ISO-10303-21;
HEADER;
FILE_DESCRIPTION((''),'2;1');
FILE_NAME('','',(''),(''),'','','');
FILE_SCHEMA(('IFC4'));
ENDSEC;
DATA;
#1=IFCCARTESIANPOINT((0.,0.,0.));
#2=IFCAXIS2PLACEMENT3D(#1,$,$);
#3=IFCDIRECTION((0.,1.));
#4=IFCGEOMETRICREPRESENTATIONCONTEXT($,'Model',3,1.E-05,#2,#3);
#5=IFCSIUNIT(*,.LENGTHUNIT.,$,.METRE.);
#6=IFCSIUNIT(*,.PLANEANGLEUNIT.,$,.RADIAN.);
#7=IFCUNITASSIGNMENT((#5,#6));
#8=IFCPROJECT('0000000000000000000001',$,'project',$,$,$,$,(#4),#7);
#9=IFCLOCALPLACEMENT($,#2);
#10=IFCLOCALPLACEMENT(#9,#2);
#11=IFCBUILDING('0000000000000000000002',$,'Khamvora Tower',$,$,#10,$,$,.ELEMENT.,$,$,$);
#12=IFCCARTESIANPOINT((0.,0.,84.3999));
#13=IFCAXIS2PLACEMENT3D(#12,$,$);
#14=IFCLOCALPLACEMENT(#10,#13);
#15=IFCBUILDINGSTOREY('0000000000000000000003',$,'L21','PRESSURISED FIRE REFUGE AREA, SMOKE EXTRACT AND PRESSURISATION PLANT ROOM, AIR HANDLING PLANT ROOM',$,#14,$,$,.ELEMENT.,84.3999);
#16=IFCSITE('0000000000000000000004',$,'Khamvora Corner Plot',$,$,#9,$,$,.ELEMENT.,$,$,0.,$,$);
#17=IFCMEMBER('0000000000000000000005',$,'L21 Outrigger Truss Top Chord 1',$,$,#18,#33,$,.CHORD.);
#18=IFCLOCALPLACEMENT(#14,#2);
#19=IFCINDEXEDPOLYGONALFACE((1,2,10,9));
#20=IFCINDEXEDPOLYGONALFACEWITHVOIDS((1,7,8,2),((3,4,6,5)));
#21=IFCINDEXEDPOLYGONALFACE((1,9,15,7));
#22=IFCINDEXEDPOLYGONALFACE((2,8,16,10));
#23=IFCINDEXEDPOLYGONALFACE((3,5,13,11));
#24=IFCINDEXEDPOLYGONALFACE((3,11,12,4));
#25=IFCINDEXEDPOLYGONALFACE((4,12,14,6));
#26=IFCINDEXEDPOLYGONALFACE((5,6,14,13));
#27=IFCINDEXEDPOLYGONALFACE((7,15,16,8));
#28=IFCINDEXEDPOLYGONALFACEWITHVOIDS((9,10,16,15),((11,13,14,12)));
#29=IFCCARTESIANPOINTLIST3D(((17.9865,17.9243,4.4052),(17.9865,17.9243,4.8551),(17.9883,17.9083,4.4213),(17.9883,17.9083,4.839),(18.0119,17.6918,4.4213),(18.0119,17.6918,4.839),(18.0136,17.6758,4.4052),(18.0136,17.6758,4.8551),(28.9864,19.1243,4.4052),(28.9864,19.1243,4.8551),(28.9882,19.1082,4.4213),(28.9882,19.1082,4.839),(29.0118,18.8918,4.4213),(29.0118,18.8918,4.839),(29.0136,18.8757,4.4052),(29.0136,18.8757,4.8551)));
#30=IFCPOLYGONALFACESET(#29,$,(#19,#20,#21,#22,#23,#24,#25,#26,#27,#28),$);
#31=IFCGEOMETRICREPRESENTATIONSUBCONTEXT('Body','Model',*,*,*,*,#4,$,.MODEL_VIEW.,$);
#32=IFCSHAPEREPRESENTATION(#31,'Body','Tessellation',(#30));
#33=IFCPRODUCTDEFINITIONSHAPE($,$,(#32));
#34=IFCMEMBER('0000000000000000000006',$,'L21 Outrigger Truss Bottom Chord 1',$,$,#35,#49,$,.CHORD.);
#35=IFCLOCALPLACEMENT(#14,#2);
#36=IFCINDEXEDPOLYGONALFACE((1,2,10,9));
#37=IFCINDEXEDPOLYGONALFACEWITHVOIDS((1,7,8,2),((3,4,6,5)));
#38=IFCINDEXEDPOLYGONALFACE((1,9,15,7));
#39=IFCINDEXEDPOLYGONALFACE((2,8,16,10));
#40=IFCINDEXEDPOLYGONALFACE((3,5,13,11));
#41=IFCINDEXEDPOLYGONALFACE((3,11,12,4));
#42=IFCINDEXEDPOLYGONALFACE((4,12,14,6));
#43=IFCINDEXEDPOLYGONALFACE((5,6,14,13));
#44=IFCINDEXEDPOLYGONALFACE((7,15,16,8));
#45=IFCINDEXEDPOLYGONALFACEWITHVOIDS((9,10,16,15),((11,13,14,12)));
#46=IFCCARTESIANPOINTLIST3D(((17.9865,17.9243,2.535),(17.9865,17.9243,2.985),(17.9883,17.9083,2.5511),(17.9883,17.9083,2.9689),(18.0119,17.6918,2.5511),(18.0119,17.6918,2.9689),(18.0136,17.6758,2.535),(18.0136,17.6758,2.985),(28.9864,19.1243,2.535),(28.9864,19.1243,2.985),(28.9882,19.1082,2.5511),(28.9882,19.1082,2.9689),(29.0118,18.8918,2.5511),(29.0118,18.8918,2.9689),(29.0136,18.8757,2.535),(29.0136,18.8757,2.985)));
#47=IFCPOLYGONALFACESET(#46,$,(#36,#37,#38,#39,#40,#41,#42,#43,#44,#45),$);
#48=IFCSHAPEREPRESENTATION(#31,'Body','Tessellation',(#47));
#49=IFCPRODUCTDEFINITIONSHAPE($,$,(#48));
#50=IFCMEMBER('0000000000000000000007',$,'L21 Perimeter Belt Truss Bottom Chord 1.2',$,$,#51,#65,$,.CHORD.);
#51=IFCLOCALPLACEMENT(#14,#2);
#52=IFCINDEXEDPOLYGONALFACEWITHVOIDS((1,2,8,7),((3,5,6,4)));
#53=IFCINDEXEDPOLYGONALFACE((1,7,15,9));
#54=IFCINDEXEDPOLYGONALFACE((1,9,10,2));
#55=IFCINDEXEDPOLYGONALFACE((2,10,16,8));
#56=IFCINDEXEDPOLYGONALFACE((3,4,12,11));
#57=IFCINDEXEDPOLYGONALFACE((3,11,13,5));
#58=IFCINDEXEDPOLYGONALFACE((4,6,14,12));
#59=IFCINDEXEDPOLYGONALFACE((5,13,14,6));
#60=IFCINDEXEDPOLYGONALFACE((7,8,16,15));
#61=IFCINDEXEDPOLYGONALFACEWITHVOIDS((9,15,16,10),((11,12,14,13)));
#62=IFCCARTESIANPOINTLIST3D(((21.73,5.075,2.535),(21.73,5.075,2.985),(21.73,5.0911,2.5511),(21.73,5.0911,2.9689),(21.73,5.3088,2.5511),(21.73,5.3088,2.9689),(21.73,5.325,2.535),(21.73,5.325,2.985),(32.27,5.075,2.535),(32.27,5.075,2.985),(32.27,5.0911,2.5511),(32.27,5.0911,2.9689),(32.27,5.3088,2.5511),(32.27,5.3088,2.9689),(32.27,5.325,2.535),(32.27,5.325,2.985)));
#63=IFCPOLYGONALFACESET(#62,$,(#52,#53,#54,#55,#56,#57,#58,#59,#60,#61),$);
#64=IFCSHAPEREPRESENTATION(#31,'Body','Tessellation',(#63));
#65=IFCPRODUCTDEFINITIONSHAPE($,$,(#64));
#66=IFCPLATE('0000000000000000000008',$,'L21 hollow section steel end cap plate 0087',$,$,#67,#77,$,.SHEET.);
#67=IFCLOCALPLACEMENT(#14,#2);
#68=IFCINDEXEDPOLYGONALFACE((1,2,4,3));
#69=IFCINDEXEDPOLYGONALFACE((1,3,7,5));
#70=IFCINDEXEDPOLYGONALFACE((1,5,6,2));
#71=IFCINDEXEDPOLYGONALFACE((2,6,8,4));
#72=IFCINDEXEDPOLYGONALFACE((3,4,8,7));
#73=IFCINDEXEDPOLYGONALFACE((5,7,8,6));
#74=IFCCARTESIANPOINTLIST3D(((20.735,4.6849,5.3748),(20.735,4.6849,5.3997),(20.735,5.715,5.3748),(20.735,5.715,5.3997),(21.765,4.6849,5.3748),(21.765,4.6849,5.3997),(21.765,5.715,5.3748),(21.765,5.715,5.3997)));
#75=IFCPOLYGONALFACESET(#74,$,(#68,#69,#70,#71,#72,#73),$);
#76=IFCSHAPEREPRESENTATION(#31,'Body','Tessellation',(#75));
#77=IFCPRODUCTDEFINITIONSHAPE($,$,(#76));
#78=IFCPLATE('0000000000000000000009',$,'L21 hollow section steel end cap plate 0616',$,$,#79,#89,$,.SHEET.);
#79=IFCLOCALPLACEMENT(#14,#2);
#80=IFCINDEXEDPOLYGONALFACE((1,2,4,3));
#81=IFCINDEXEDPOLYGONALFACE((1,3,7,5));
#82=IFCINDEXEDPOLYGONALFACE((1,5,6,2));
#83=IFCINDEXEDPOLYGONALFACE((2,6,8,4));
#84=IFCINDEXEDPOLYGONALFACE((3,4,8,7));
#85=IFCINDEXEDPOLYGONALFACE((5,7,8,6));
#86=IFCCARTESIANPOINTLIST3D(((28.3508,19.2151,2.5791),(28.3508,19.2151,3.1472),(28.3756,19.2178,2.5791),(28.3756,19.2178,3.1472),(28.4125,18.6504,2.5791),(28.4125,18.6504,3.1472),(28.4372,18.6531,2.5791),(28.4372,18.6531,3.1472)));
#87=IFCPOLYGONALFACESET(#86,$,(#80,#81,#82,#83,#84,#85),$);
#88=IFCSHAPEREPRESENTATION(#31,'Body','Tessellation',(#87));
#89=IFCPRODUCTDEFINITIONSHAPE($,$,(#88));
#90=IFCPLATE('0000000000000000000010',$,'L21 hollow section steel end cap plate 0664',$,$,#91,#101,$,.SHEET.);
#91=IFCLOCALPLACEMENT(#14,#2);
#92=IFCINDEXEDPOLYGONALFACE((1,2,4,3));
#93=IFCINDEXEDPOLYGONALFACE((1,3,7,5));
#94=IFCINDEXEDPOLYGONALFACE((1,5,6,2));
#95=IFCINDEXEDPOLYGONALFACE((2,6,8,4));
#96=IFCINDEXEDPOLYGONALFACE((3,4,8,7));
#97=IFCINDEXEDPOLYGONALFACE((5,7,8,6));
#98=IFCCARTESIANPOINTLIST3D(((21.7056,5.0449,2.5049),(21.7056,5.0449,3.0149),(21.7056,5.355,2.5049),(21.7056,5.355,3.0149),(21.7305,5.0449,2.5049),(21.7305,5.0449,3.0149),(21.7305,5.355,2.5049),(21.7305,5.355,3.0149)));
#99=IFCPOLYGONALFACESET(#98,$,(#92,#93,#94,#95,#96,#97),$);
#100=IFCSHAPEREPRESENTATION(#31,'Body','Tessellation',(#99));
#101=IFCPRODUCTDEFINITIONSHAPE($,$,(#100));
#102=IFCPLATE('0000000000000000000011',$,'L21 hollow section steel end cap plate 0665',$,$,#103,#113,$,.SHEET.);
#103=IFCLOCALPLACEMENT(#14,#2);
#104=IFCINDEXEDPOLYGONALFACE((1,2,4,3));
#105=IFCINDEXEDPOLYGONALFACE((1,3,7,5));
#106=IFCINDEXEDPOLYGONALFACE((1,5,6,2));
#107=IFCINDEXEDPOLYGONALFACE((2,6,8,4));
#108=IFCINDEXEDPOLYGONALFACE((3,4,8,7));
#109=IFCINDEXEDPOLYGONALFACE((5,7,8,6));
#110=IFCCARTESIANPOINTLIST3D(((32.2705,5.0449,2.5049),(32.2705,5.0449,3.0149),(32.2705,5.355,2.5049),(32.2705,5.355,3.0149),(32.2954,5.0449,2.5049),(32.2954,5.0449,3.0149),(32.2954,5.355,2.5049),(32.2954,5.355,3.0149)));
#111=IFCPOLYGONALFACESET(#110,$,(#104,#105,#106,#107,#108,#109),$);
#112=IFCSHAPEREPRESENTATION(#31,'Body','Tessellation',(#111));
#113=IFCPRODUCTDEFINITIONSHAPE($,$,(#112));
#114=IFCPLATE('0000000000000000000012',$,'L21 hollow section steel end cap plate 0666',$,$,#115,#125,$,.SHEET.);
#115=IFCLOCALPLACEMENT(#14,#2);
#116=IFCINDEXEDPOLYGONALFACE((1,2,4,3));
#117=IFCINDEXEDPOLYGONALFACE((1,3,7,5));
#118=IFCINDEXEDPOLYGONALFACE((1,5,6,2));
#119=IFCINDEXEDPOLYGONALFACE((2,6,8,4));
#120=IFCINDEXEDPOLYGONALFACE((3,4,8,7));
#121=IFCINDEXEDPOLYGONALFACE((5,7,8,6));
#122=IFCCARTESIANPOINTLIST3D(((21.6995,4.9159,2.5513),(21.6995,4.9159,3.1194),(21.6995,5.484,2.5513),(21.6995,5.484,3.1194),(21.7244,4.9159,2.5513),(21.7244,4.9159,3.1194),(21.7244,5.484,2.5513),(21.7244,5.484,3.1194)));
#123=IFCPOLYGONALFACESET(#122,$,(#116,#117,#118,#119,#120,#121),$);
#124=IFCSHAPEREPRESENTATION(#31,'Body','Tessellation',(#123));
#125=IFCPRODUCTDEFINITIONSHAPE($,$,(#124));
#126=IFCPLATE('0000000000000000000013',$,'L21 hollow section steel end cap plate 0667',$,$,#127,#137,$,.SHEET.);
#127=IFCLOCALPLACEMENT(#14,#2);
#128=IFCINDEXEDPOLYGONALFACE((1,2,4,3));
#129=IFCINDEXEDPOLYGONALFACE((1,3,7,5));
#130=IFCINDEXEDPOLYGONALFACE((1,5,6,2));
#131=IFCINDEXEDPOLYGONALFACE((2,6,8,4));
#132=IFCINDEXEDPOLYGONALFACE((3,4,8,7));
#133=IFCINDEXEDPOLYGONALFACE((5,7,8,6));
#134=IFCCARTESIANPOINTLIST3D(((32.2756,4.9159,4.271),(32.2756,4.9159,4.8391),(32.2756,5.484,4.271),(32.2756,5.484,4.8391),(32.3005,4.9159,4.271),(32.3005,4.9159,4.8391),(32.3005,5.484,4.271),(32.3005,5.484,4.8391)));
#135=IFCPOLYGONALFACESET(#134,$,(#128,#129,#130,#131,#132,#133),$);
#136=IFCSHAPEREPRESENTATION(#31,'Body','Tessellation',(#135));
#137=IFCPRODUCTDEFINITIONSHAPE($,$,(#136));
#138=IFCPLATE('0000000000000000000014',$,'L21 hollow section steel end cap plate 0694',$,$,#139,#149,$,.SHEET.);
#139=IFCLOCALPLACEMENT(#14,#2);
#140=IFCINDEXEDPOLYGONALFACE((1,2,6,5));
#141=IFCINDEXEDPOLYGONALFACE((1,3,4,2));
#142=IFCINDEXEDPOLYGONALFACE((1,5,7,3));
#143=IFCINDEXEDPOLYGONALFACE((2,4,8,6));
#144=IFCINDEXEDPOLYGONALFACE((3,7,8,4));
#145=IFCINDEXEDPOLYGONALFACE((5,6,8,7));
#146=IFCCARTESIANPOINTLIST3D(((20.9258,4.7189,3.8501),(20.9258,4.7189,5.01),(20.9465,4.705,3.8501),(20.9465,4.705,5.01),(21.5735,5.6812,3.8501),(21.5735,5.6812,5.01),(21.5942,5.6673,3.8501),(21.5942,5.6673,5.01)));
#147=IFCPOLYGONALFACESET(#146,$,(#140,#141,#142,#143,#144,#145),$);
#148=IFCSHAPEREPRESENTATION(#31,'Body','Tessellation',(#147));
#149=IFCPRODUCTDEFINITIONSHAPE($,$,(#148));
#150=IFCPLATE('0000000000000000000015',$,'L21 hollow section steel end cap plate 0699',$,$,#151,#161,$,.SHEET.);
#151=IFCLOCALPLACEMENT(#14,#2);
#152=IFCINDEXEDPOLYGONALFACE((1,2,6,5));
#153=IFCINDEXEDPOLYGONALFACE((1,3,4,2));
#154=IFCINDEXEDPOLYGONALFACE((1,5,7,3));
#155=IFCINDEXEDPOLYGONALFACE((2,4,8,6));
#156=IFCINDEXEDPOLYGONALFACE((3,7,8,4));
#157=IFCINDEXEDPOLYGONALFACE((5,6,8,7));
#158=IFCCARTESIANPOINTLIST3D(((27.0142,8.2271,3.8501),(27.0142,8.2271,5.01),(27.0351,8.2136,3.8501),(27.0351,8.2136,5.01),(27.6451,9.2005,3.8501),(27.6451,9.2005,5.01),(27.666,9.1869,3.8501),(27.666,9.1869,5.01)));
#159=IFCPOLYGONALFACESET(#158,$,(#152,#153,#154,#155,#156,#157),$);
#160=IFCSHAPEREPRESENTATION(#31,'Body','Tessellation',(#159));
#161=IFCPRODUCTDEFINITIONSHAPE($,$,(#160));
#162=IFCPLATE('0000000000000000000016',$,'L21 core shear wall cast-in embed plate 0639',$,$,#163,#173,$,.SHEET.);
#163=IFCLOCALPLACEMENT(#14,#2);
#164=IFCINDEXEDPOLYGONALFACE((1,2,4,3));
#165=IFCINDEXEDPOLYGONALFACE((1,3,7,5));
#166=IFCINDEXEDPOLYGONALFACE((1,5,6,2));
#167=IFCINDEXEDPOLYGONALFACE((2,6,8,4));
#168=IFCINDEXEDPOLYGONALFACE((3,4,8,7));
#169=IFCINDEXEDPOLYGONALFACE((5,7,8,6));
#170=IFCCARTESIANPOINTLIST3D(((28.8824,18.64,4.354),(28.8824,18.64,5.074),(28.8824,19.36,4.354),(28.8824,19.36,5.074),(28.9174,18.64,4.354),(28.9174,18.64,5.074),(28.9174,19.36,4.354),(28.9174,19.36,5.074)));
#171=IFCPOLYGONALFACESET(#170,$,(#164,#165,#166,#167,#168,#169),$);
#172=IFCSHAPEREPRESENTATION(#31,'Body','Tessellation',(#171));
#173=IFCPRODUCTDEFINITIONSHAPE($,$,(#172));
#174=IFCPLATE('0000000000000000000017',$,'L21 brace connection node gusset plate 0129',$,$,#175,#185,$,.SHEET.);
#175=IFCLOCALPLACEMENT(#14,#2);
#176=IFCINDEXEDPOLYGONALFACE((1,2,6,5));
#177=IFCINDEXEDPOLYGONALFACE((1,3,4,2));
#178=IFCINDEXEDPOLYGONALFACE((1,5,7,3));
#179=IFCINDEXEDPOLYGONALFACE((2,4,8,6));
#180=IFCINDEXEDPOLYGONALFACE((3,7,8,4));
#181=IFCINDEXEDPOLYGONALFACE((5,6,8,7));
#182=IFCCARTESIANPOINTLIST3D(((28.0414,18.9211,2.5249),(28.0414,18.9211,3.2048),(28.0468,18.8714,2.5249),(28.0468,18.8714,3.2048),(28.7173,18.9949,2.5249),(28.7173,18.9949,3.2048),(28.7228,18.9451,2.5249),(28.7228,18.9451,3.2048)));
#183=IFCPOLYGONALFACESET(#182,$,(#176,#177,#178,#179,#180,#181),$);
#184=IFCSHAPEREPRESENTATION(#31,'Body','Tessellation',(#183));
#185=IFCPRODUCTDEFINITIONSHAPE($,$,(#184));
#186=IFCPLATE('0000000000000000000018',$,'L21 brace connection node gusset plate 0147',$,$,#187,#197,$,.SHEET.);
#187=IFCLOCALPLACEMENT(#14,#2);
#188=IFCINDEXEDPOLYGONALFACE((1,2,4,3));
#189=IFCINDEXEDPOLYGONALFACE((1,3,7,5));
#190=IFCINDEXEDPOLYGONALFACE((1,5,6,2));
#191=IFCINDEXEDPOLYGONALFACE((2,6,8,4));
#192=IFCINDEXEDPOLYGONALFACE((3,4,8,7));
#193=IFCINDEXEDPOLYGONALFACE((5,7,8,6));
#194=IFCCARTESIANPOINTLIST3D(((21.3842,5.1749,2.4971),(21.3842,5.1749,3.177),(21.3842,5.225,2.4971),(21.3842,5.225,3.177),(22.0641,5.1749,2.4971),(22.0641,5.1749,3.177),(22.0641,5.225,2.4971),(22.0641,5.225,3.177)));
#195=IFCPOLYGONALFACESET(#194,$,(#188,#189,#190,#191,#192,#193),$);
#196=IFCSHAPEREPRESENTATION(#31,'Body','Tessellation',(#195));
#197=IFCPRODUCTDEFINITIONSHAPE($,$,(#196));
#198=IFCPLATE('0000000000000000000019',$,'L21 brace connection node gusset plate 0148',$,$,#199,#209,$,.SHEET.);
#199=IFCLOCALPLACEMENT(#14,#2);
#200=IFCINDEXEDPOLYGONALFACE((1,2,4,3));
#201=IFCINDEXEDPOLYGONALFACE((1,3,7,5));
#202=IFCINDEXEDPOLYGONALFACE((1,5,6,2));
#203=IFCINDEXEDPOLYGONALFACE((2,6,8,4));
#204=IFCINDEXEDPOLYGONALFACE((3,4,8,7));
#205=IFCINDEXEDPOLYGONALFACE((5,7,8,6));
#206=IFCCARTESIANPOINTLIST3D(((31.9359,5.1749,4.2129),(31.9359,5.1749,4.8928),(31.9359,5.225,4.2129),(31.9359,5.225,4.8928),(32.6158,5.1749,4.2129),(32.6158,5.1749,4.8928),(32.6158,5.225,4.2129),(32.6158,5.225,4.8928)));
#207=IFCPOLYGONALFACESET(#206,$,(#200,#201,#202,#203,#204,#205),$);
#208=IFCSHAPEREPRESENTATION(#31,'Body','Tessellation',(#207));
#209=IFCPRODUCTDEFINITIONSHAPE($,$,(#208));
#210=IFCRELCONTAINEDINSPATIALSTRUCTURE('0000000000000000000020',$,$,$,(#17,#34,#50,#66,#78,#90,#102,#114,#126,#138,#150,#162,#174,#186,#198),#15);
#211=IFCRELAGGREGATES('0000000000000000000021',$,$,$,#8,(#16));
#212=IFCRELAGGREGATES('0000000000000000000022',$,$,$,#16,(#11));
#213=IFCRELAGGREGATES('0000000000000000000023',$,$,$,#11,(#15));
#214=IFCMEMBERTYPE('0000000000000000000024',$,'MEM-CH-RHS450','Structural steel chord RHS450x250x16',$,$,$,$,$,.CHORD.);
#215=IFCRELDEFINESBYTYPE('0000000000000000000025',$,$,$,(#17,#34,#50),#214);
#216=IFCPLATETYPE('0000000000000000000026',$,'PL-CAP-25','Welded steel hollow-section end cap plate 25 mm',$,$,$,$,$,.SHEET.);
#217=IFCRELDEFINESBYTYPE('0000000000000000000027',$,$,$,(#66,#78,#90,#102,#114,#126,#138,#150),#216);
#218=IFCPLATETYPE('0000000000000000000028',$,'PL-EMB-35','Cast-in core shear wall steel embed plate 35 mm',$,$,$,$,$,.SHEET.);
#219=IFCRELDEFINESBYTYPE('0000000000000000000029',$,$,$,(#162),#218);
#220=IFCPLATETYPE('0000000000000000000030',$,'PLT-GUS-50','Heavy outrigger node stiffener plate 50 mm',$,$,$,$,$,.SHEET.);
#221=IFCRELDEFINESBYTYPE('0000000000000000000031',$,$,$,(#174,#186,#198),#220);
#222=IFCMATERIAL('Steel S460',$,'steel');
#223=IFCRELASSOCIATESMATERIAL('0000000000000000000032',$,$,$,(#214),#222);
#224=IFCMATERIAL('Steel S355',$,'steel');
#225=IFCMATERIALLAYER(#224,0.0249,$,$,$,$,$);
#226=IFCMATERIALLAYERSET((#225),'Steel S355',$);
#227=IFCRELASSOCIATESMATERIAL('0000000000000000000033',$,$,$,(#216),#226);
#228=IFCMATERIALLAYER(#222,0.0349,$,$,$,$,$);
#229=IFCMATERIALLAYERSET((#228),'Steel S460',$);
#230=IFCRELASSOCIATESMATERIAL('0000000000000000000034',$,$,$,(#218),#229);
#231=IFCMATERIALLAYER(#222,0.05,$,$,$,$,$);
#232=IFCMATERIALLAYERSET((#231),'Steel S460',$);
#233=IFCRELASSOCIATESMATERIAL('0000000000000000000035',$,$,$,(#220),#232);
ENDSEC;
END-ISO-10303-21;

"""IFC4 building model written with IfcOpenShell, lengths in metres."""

from ifc_helpers import new_model, si_unit, direction, frame, origin, origin_2d, place, context, subcontext, project, spatial, rectangle, hollow_rectangle, extrude, material, layer, layer_set, material_profile, profile_set, type_object, element, save


model = new_model("IFC4")

# Units and contexts
model_context = context("Model", 3, precision=1e-05, world=origin(), true_north=direction((0.0, 1.0)))
body_context = subcontext(model_context, "Body", "Model", "MODEL_VIEW")
ifc_project = project(units=[si_unit("LENGTHUNIT", "METRE"), si_unit("PLANEANGLEUNIT", "RADIAN")], contexts=[model_context])

# Site, building, storey
site_placement = place(None, origin())
site = spatial("IfcSite", under=ifc_project, at=site_placement, Name="Khamvora Corner Plot", CompositionType="ELEMENT", RefElevation=0.0)
building_placement = place(site_placement, origin())
building = spatial("IfcBuilding", under=site, at=building_placement, Name="Khamvora Tower", CompositionType="ELEMENT")
storey_placement = place(building_placement, frame((0.0, 0.0, 84.3999)))
storey = spatial("IfcBuildingStorey", under=building, at=storey_placement, Name="L21", Description="PRESSURISED FIRE REFUGE AREA, SMOKE EXTRACT AND PRESSURISATION PLANT ROOM, AIR HANDLING PLANT ROOM", CompositionType="ELEMENT", Elevation=84.3999)

# Shared definitions
ifc_material_1 = material(Name="Steel S355", Category="steel")
ifc_material_2 = material(Name="Steel S460", Category="steel")

# Members
ifc_material_profile_1 = material_profile(ifc_material_2, hollow_rectangle(XDim=0.25, YDim=0.45, WallThickness=0.0161, at=origin_2d()), Name="RHS450x250x16")
ifc_profile_set_1 = profile_set([ifc_material_profile_1], Name="Steel S460")
member_type_1 = type_object("IfcMemberType", Name="MEM-CH-RHS450", Description="Structural steel chord RHS450x250x16", PredefinedType="CHORD", material=ifc_profile_set_1)
for number, where, z_axis, x_axis, name in (
    (1, (29.0, 19.0, 4.6301), (-0.994103, -0.108443, 0.0), (0.108443, -0.994103, 0.0), "L21 Outrigger Truss Top Chord 1"),
    (2, (29.0, 19.0, 2.76), (-0.994103, -0.108443, 0.0), (0.108443, -0.994103, 0.0), "L21 Outrigger Truss Bottom Chord 1"),
):
    element("IfcMember", number, at=place(storey_placement, frame(where, z_axis=z_axis, x_axis=x_axis)), inside=storey, type_object=member_type_1, Name=name, PredefinedType="CHORD", context=body_context, shape_type="SweptSolid", body=[
        extrude(hollow_rectangle(XDim=0.25, YDim=0.45, WallThickness=0.0161, at=origin_2d()), origin(), (0.0, 0.0, 1.0), 11.0652),
    ])
member_1_placement = place(storey_placement, frame((21.73, 5.2, 2.76), z_axis=(1.0, 0.0, 0.0), x_axis=(0.0, 1.0, 0.0)))
element("IfcMember", 3, at=member_1_placement, inside=storey, type_object=member_type_1, Name="L21 Perimeter Belt Truss Bottom Chord 1.2", PredefinedType="CHORD", context=body_context, shape_type="SweptSolid", body=[
    extrude(hollow_rectangle(XDim=0.25, YDim=0.45, WallThickness=0.0161, at=origin_2d()), origin(), (0.0, 0.0, 1.0), 10.54),
])

# Plates
ifc_layer_1 = layer(ifc_material_1, 0.0249)
ifc_layer_set_1 = layer_set([ifc_layer_1], Name="Steel S355")
plate_type_1 = type_object("IfcPlateType", Name="PL-CAP-25", Description="Welded steel hollow-section end cap plate 25 mm", PredefinedType="SHEET", material=ifc_layer_set_1)
plate_1_placement = place(storey_placement, frame((21.25, 5.2, 5.3748), z_axis=(0.0, 0.0, 1.0), x_axis=(1.0, 0.0, 0.0)))
element("IfcPlate", 4, at=plate_1_placement, inside=storey, type_object=plate_type_1, Name="L21 hollow section steel end cap plate 0087", PredefinedType="SHEET", context=body_context, shape_type="SweptSolid", body=[
    extrude(rectangle(XDim=1.03, YDim=1.03, at=origin_2d()), origin(), (0.0, 0.0, 1.0), 0.0249),
])
plate_2_placement = place(storey_placement, frame((28.394, 18.9341, 2.5791), z_axis=(0.0, 0.0, 1.0), x_axis=(-0.994094, -0.10852, 0.0)))
element("IfcPlate", 5, at=plate_2_placement, inside=storey, type_object=plate_type_1, Name="L21 hollow section steel end cap plate 0616", PredefinedType="SHEET", context=body_context, shape_type="SweptSolid", body=[
    extrude(rectangle(XDim=0.0249, YDim=0.5681, at=origin_2d()), origin(), (0.0, 0.0, 1.0), 0.5681),
])
for number, where, z_axis, x_axis, name in (
    (6, (21.718, 5.2, 2.5049), (0.0, 0.0, 1.0), (1.0, 0.0, 0.0), "L21 hollow section steel end cap plate 0664"),
    (7, (32.283, 5.2, 2.5049), (0.0, 0.0, 1.0), (1.0, 0.0, 0.0), "L21 hollow section steel end cap plate 0665"),
):
    element("IfcPlate", number, at=place(storey_placement, frame(where, z_axis=z_axis, x_axis=x_axis)), inside=storey, type_object=plate_type_1, Name=name, PredefinedType="SHEET", context=body_context, shape_type="SweptSolid", body=[
        extrude(rectangle(XDim=0.0249, YDim=0.3101, at=origin_2d()), origin(), (0.0, 0.0, 1.0), 0.51),
    ])
for number, where, z_axis, x_axis, name in (
    (8, (21.7119, 5.2, 2.5513), (0.0, 0.0, 1.0), (1.0, 0.0, 0.0), "L21 hollow section steel end cap plate 0666"),
    (9, (32.2881, 5.2, 4.271), (0.0, 0.0, 1.0), (1.0, 0.0, 0.0), "L21 hollow section steel end cap plate 0667"),
):
    element("IfcPlate", number, at=place(storey_placement, frame(where, z_axis=z_axis, x_axis=x_axis)), inside=storey, type_object=plate_type_1, Name=name, PredefinedType="SHEET", context=body_context, shape_type="SweptSolid", body=[
        extrude(rectangle(XDim=0.0249, YDim=0.5681, at=origin_2d()), origin(), (0.0, 0.0, 1.0), 0.5681),
    ])
for number, where, z_axis, x_axis, name in (
    (10, (21.26, 5.1931, 3.8501), (0.0, 0.0, 1.0), (-0.829584, 0.558382, 0.0), "L21 hollow section steel end cap plate 0694"),
    (11, (27.3401, 8.707, 3.8501), (0.0, 0.0, 1.0), (-0.839155, 0.543892, 0.0), "L21 hollow section steel end cap plate 0699"),
):
    element("IfcPlate", number, at=place(storey_placement, frame(where, z_axis=z_axis, x_axis=x_axis)), inside=storey, type_object=plate_type_1, Name=name, PredefinedType="SHEET", context=body_context, shape_type="SweptSolid", body=[
        extrude(rectangle(XDim=0.0249, YDim=1.1599, at=origin_2d()), origin(), (0.0, 0.0, 1.0), 1.1599),
    ])
ifc_layer_2 = layer(ifc_material_2, 0.0349)
ifc_layer_set_2 = layer_set([ifc_layer_2], Name="Steel S460")
plate_type_2 = type_object("IfcPlateType", Name="PL-EMB-35", Description="Cast-in core shear wall steel embed plate 35 mm", PredefinedType="SHEET", material=ifc_layer_set_2)
plate_3_placement = place(storey_placement, frame((28.8999, 19.0, 4.354), z_axis=(0.0, 0.0, 1.0), x_axis=(1.0, 0.0, 0.0)))
element("IfcPlate", 12, at=plate_3_placement, inside=storey, type_object=plate_type_2, Name="L21 core shear wall cast-in embed plate 0639", PredefinedType="SHEET", context=body_context, shape_type="SweptSolid", body=[
    extrude(rectangle(XDim=0.0349, YDim=0.72, at=origin_2d()), origin(), (0.0, 0.0, 1.0), 0.72),
])
ifc_layer_3 = layer(ifc_material_2, 0.05)
ifc_layer_set_3 = layer_set([ifc_layer_3], Name="Steel S460")
plate_type_3 = type_object("IfcPlateType", Name="PLT-GUS-50", Description="Heavy outrigger node stiffener plate 50 mm", PredefinedType="SHEET", material=ifc_layer_set_3)
for number, where, z_axis, x_axis, name in (
    (13, (28.3821, 18.9331, 2.5249), (0.0, 0.0, 1.0), (-0.994102, -0.10845, 0.0), "L21 brace connection node gusset plate 0129"),
    (14, (21.7241, 5.2, 2.4971), (0.0, 0.0, 1.0), (1.0, 0.0, 0.0), "L21 brace connection node gusset plate 0147"),
    (15, (32.2759, 5.2, 4.2129), (0.0, 0.0, 1.0), (1.0, 0.0, 0.0), "L21 brace connection node gusset plate 0148"),
):
    element("IfcPlate", number, at=place(storey_placement, frame(where, z_axis=z_axis, x_axis=x_axis)), inside=storey, type_object=plate_type_3, Name=name, PredefinedType="SHEET", context=body_context, shape_type="SweptSolid", body=[
        extrude(rectangle(XDim=0.6799, YDim=0.05, at=origin_2d()), origin(), (0.0, 0.0, 1.0), 0.6799),
    ])

save(model, "model.ifc")
